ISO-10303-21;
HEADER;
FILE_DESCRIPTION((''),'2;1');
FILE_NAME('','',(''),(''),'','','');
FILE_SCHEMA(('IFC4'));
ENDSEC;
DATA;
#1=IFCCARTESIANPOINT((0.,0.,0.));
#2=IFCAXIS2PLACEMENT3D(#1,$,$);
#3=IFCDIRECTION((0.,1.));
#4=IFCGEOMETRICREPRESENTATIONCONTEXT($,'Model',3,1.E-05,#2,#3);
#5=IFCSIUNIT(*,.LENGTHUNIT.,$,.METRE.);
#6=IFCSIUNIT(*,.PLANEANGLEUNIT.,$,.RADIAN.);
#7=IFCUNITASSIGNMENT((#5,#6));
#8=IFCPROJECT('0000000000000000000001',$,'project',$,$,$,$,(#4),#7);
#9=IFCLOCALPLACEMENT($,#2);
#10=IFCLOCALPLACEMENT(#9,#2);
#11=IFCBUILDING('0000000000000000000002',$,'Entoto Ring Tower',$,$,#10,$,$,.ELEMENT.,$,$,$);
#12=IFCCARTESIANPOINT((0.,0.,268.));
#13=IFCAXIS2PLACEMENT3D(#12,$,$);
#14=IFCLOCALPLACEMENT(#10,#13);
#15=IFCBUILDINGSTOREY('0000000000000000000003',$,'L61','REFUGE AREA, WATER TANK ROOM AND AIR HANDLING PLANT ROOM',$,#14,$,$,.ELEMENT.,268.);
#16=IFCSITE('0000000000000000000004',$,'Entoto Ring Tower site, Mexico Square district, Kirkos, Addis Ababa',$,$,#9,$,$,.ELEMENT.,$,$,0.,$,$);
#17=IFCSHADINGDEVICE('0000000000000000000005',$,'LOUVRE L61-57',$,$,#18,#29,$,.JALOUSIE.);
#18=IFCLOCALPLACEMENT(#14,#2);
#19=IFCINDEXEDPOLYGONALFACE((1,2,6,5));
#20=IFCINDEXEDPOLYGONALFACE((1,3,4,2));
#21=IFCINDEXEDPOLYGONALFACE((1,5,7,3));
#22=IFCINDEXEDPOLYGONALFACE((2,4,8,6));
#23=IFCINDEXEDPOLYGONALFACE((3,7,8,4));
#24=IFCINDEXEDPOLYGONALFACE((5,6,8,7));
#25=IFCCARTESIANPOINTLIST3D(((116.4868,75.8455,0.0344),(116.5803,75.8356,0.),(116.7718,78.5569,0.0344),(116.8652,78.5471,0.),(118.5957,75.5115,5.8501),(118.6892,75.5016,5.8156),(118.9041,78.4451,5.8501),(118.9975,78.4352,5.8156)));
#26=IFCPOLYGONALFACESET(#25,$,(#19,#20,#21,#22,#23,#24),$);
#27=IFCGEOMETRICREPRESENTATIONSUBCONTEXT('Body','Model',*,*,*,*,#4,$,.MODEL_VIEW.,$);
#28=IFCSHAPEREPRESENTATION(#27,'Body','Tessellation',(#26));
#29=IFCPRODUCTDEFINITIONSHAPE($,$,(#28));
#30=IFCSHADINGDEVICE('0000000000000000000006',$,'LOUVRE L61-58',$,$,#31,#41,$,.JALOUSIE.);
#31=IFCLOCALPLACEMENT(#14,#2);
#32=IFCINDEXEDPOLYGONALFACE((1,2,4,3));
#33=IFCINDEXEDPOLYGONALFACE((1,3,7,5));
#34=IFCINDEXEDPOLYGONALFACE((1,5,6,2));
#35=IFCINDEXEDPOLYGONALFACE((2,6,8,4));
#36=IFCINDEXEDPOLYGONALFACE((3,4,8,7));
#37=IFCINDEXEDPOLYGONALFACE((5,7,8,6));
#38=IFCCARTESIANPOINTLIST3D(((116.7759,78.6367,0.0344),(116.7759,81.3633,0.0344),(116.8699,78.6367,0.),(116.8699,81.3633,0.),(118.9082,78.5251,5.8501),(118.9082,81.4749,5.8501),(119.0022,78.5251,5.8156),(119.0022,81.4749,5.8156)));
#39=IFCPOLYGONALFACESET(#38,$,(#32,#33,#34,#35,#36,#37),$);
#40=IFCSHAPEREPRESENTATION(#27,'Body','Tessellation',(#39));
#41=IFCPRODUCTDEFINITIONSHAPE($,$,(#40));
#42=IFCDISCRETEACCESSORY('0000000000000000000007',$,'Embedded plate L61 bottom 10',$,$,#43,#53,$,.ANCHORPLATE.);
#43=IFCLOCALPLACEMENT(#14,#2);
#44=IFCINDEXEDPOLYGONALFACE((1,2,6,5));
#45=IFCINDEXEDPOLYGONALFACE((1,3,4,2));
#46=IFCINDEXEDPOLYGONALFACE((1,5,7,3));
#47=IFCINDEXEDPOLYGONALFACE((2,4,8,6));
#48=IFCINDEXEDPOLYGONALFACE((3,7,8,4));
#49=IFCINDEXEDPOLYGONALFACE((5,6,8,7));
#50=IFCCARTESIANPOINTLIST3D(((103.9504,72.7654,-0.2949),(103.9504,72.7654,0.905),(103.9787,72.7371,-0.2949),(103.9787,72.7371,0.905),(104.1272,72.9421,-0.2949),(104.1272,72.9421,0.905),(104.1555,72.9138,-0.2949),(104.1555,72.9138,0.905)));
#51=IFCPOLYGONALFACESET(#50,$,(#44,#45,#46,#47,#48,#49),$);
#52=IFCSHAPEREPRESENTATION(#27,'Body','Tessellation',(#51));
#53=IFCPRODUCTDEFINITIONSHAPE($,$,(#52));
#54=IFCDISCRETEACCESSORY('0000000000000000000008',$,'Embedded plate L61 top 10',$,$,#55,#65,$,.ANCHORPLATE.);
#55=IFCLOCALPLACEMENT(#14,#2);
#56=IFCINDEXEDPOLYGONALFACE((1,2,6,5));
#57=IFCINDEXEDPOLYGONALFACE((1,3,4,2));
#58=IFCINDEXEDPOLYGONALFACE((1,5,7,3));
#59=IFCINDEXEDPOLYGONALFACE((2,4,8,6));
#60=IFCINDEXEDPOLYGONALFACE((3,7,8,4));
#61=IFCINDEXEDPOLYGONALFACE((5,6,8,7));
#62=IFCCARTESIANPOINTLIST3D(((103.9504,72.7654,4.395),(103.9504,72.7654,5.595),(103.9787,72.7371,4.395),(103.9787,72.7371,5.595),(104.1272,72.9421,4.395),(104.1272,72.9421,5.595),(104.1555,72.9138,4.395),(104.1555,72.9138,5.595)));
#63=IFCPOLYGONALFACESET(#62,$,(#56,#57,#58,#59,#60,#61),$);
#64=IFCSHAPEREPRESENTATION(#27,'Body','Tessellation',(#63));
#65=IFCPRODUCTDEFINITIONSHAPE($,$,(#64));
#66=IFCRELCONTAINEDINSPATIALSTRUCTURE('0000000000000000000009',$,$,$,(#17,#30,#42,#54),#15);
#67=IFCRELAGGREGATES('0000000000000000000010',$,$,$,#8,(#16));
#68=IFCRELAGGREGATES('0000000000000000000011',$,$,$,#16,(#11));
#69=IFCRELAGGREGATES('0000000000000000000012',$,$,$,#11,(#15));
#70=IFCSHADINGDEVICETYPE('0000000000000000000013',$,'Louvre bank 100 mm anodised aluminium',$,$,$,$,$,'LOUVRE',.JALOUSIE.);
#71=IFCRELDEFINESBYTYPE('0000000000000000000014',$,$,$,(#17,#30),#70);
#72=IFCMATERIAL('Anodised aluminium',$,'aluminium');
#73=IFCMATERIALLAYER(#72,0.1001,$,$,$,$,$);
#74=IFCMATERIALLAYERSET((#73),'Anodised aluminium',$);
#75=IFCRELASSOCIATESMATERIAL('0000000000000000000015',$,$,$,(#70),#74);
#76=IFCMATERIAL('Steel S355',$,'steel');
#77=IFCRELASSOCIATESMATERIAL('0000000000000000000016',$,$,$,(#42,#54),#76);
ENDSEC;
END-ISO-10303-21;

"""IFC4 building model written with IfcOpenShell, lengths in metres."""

from ifc_helpers import new_model, si_unit, direction, frame, origin, origin_2d, place, context, subcontext, project, spatial, polyline, rectangle, outline, extrude, material, layer, layer_set, type_object, element, save


model = new_model("IFC4")

# Units and contexts
model_context = context("Model", 3, precision=1e-05, world=origin(), true_north=direction((0.0, 1.0)))
body_context = subcontext(model_context, "Body", "Model", "MODEL_VIEW")
ifc_project = project(units=[si_unit("LENGTHUNIT", "METRE"), si_unit("PLANEANGLEUNIT", "RADIAN")], contexts=[model_context])

# Site, building, storey
site_placement = place(None, origin())
site = spatial("IfcSite", under=ifc_project, at=site_placement, Name="Entoto Ring Tower site, Mexico Square district, Kirkos, Addis Ababa", CompositionType="ELEMENT", RefElevation=0.0)
building_placement = place(site_placement, origin())
building = spatial("IfcBuilding", under=site, at=building_placement, Name="Entoto Ring Tower", CompositionType="ELEMENT")
storey_placement = place(building_placement, frame((0.0, 0.0, 268.0)))
storey = spatial("IfcBuildingStorey", under=building, at=storey_placement, Name="L61", Description="REFUGE AREA, WATER TANK ROOM AND AIR HANDLING PLANT ROOM", CompositionType="ELEMENT", Elevation=268.0)

# Shading devices
ifc_material_1 = material(Name="Anodised aluminium", Category="aluminium")
ifc_layer_1 = layer(ifc_material_1, 0.1001)
ifc_layer_set_1 = layer_set([ifc_layer_1], Name="Anodised aluminium")
shading_device_type = type_object("IfcShadingDeviceType", Name="Louvre bank 100 mm anodised aluminium", ElementType="LOUVRE", PredefinedType="JALOUSIE", material=ifc_layer_set_1)
shading_device_1_placement = place(storey_placement, frame((116.4868, 75.8455, 0.0344), z_axis=(-0.933741, 0.098131, 0.344237), x_axis=(0.104517, 0.994523, -0.000005)))
element("IfcShadingDevice", 1, at=shading_device_1_placement, inside=storey, type_object=shading_device_type, Name="LOUVRE L61-57", PredefinedType="JALOUSIE", context=body_context, shape_type="SweptSolid", body=[
    extrude(outline(polyline([(0.0, 0.0), (2.7264, 0.0), (2.838, -6.1943), (-0.1118, -6.1942), (0.0, 0.0)])), origin(), (0.0, 0.0, -1.0), 0.1001),
])
shading_device_2_placement = place(storey_placement, frame((116.7759, 78.6367, 0.0344), z_axis=(-0.938881, 0.0, 0.344242), x_axis=(0.0, 1.0, 0.0)))
element("IfcShadingDevice", 2, at=shading_device_2_placement, inside=storey, type_object=shading_device_type, Name="LOUVRE L61-58", PredefinedType="JALOUSIE", context=body_context, shape_type="SweptSolid", body=[
    extrude(outline(polyline([(0.0, 0.0), (2.7266, 0.0), (2.8381, -6.1943), (-0.1116, -6.1943), (0.0, 0.0)])), origin(), (0.0, 0.0, -1.0), 0.1001),
])

# Discrete accessories
ifc_material_2 = material(Name="Steel S355", Category="steel")
for number, where, z_axis, x_axis, name in (
    (3, (104.053, 72.8396, -0.2949), (0.0, 0.0, 1.0), (0.707107, -0.707107, 0.0), "Embedded plate L61 bottom 10"),
    (4, (104.053, 72.8396, 4.395), (0.0, 0.0, 1.0), (0.707107, -0.707107, 0.0), "Embedded plate L61 top 10"),
):
    element("IfcDiscreteAccessory", number, at=place(storey_placement, frame(where, z_axis=z_axis, x_axis=x_axis)), inside=storey, material=ifc_material_2, Name=name, PredefinedType="ANCHORPLATE", context=body_context, shape_type="SweptSolid", body=[
        extrude(rectangle(XDim=0.04, YDim=0.25, at=origin_2d()), origin(), (0.0, 0.0, 1.0), 1.2),
    ])

save(model, "model.ifc")
